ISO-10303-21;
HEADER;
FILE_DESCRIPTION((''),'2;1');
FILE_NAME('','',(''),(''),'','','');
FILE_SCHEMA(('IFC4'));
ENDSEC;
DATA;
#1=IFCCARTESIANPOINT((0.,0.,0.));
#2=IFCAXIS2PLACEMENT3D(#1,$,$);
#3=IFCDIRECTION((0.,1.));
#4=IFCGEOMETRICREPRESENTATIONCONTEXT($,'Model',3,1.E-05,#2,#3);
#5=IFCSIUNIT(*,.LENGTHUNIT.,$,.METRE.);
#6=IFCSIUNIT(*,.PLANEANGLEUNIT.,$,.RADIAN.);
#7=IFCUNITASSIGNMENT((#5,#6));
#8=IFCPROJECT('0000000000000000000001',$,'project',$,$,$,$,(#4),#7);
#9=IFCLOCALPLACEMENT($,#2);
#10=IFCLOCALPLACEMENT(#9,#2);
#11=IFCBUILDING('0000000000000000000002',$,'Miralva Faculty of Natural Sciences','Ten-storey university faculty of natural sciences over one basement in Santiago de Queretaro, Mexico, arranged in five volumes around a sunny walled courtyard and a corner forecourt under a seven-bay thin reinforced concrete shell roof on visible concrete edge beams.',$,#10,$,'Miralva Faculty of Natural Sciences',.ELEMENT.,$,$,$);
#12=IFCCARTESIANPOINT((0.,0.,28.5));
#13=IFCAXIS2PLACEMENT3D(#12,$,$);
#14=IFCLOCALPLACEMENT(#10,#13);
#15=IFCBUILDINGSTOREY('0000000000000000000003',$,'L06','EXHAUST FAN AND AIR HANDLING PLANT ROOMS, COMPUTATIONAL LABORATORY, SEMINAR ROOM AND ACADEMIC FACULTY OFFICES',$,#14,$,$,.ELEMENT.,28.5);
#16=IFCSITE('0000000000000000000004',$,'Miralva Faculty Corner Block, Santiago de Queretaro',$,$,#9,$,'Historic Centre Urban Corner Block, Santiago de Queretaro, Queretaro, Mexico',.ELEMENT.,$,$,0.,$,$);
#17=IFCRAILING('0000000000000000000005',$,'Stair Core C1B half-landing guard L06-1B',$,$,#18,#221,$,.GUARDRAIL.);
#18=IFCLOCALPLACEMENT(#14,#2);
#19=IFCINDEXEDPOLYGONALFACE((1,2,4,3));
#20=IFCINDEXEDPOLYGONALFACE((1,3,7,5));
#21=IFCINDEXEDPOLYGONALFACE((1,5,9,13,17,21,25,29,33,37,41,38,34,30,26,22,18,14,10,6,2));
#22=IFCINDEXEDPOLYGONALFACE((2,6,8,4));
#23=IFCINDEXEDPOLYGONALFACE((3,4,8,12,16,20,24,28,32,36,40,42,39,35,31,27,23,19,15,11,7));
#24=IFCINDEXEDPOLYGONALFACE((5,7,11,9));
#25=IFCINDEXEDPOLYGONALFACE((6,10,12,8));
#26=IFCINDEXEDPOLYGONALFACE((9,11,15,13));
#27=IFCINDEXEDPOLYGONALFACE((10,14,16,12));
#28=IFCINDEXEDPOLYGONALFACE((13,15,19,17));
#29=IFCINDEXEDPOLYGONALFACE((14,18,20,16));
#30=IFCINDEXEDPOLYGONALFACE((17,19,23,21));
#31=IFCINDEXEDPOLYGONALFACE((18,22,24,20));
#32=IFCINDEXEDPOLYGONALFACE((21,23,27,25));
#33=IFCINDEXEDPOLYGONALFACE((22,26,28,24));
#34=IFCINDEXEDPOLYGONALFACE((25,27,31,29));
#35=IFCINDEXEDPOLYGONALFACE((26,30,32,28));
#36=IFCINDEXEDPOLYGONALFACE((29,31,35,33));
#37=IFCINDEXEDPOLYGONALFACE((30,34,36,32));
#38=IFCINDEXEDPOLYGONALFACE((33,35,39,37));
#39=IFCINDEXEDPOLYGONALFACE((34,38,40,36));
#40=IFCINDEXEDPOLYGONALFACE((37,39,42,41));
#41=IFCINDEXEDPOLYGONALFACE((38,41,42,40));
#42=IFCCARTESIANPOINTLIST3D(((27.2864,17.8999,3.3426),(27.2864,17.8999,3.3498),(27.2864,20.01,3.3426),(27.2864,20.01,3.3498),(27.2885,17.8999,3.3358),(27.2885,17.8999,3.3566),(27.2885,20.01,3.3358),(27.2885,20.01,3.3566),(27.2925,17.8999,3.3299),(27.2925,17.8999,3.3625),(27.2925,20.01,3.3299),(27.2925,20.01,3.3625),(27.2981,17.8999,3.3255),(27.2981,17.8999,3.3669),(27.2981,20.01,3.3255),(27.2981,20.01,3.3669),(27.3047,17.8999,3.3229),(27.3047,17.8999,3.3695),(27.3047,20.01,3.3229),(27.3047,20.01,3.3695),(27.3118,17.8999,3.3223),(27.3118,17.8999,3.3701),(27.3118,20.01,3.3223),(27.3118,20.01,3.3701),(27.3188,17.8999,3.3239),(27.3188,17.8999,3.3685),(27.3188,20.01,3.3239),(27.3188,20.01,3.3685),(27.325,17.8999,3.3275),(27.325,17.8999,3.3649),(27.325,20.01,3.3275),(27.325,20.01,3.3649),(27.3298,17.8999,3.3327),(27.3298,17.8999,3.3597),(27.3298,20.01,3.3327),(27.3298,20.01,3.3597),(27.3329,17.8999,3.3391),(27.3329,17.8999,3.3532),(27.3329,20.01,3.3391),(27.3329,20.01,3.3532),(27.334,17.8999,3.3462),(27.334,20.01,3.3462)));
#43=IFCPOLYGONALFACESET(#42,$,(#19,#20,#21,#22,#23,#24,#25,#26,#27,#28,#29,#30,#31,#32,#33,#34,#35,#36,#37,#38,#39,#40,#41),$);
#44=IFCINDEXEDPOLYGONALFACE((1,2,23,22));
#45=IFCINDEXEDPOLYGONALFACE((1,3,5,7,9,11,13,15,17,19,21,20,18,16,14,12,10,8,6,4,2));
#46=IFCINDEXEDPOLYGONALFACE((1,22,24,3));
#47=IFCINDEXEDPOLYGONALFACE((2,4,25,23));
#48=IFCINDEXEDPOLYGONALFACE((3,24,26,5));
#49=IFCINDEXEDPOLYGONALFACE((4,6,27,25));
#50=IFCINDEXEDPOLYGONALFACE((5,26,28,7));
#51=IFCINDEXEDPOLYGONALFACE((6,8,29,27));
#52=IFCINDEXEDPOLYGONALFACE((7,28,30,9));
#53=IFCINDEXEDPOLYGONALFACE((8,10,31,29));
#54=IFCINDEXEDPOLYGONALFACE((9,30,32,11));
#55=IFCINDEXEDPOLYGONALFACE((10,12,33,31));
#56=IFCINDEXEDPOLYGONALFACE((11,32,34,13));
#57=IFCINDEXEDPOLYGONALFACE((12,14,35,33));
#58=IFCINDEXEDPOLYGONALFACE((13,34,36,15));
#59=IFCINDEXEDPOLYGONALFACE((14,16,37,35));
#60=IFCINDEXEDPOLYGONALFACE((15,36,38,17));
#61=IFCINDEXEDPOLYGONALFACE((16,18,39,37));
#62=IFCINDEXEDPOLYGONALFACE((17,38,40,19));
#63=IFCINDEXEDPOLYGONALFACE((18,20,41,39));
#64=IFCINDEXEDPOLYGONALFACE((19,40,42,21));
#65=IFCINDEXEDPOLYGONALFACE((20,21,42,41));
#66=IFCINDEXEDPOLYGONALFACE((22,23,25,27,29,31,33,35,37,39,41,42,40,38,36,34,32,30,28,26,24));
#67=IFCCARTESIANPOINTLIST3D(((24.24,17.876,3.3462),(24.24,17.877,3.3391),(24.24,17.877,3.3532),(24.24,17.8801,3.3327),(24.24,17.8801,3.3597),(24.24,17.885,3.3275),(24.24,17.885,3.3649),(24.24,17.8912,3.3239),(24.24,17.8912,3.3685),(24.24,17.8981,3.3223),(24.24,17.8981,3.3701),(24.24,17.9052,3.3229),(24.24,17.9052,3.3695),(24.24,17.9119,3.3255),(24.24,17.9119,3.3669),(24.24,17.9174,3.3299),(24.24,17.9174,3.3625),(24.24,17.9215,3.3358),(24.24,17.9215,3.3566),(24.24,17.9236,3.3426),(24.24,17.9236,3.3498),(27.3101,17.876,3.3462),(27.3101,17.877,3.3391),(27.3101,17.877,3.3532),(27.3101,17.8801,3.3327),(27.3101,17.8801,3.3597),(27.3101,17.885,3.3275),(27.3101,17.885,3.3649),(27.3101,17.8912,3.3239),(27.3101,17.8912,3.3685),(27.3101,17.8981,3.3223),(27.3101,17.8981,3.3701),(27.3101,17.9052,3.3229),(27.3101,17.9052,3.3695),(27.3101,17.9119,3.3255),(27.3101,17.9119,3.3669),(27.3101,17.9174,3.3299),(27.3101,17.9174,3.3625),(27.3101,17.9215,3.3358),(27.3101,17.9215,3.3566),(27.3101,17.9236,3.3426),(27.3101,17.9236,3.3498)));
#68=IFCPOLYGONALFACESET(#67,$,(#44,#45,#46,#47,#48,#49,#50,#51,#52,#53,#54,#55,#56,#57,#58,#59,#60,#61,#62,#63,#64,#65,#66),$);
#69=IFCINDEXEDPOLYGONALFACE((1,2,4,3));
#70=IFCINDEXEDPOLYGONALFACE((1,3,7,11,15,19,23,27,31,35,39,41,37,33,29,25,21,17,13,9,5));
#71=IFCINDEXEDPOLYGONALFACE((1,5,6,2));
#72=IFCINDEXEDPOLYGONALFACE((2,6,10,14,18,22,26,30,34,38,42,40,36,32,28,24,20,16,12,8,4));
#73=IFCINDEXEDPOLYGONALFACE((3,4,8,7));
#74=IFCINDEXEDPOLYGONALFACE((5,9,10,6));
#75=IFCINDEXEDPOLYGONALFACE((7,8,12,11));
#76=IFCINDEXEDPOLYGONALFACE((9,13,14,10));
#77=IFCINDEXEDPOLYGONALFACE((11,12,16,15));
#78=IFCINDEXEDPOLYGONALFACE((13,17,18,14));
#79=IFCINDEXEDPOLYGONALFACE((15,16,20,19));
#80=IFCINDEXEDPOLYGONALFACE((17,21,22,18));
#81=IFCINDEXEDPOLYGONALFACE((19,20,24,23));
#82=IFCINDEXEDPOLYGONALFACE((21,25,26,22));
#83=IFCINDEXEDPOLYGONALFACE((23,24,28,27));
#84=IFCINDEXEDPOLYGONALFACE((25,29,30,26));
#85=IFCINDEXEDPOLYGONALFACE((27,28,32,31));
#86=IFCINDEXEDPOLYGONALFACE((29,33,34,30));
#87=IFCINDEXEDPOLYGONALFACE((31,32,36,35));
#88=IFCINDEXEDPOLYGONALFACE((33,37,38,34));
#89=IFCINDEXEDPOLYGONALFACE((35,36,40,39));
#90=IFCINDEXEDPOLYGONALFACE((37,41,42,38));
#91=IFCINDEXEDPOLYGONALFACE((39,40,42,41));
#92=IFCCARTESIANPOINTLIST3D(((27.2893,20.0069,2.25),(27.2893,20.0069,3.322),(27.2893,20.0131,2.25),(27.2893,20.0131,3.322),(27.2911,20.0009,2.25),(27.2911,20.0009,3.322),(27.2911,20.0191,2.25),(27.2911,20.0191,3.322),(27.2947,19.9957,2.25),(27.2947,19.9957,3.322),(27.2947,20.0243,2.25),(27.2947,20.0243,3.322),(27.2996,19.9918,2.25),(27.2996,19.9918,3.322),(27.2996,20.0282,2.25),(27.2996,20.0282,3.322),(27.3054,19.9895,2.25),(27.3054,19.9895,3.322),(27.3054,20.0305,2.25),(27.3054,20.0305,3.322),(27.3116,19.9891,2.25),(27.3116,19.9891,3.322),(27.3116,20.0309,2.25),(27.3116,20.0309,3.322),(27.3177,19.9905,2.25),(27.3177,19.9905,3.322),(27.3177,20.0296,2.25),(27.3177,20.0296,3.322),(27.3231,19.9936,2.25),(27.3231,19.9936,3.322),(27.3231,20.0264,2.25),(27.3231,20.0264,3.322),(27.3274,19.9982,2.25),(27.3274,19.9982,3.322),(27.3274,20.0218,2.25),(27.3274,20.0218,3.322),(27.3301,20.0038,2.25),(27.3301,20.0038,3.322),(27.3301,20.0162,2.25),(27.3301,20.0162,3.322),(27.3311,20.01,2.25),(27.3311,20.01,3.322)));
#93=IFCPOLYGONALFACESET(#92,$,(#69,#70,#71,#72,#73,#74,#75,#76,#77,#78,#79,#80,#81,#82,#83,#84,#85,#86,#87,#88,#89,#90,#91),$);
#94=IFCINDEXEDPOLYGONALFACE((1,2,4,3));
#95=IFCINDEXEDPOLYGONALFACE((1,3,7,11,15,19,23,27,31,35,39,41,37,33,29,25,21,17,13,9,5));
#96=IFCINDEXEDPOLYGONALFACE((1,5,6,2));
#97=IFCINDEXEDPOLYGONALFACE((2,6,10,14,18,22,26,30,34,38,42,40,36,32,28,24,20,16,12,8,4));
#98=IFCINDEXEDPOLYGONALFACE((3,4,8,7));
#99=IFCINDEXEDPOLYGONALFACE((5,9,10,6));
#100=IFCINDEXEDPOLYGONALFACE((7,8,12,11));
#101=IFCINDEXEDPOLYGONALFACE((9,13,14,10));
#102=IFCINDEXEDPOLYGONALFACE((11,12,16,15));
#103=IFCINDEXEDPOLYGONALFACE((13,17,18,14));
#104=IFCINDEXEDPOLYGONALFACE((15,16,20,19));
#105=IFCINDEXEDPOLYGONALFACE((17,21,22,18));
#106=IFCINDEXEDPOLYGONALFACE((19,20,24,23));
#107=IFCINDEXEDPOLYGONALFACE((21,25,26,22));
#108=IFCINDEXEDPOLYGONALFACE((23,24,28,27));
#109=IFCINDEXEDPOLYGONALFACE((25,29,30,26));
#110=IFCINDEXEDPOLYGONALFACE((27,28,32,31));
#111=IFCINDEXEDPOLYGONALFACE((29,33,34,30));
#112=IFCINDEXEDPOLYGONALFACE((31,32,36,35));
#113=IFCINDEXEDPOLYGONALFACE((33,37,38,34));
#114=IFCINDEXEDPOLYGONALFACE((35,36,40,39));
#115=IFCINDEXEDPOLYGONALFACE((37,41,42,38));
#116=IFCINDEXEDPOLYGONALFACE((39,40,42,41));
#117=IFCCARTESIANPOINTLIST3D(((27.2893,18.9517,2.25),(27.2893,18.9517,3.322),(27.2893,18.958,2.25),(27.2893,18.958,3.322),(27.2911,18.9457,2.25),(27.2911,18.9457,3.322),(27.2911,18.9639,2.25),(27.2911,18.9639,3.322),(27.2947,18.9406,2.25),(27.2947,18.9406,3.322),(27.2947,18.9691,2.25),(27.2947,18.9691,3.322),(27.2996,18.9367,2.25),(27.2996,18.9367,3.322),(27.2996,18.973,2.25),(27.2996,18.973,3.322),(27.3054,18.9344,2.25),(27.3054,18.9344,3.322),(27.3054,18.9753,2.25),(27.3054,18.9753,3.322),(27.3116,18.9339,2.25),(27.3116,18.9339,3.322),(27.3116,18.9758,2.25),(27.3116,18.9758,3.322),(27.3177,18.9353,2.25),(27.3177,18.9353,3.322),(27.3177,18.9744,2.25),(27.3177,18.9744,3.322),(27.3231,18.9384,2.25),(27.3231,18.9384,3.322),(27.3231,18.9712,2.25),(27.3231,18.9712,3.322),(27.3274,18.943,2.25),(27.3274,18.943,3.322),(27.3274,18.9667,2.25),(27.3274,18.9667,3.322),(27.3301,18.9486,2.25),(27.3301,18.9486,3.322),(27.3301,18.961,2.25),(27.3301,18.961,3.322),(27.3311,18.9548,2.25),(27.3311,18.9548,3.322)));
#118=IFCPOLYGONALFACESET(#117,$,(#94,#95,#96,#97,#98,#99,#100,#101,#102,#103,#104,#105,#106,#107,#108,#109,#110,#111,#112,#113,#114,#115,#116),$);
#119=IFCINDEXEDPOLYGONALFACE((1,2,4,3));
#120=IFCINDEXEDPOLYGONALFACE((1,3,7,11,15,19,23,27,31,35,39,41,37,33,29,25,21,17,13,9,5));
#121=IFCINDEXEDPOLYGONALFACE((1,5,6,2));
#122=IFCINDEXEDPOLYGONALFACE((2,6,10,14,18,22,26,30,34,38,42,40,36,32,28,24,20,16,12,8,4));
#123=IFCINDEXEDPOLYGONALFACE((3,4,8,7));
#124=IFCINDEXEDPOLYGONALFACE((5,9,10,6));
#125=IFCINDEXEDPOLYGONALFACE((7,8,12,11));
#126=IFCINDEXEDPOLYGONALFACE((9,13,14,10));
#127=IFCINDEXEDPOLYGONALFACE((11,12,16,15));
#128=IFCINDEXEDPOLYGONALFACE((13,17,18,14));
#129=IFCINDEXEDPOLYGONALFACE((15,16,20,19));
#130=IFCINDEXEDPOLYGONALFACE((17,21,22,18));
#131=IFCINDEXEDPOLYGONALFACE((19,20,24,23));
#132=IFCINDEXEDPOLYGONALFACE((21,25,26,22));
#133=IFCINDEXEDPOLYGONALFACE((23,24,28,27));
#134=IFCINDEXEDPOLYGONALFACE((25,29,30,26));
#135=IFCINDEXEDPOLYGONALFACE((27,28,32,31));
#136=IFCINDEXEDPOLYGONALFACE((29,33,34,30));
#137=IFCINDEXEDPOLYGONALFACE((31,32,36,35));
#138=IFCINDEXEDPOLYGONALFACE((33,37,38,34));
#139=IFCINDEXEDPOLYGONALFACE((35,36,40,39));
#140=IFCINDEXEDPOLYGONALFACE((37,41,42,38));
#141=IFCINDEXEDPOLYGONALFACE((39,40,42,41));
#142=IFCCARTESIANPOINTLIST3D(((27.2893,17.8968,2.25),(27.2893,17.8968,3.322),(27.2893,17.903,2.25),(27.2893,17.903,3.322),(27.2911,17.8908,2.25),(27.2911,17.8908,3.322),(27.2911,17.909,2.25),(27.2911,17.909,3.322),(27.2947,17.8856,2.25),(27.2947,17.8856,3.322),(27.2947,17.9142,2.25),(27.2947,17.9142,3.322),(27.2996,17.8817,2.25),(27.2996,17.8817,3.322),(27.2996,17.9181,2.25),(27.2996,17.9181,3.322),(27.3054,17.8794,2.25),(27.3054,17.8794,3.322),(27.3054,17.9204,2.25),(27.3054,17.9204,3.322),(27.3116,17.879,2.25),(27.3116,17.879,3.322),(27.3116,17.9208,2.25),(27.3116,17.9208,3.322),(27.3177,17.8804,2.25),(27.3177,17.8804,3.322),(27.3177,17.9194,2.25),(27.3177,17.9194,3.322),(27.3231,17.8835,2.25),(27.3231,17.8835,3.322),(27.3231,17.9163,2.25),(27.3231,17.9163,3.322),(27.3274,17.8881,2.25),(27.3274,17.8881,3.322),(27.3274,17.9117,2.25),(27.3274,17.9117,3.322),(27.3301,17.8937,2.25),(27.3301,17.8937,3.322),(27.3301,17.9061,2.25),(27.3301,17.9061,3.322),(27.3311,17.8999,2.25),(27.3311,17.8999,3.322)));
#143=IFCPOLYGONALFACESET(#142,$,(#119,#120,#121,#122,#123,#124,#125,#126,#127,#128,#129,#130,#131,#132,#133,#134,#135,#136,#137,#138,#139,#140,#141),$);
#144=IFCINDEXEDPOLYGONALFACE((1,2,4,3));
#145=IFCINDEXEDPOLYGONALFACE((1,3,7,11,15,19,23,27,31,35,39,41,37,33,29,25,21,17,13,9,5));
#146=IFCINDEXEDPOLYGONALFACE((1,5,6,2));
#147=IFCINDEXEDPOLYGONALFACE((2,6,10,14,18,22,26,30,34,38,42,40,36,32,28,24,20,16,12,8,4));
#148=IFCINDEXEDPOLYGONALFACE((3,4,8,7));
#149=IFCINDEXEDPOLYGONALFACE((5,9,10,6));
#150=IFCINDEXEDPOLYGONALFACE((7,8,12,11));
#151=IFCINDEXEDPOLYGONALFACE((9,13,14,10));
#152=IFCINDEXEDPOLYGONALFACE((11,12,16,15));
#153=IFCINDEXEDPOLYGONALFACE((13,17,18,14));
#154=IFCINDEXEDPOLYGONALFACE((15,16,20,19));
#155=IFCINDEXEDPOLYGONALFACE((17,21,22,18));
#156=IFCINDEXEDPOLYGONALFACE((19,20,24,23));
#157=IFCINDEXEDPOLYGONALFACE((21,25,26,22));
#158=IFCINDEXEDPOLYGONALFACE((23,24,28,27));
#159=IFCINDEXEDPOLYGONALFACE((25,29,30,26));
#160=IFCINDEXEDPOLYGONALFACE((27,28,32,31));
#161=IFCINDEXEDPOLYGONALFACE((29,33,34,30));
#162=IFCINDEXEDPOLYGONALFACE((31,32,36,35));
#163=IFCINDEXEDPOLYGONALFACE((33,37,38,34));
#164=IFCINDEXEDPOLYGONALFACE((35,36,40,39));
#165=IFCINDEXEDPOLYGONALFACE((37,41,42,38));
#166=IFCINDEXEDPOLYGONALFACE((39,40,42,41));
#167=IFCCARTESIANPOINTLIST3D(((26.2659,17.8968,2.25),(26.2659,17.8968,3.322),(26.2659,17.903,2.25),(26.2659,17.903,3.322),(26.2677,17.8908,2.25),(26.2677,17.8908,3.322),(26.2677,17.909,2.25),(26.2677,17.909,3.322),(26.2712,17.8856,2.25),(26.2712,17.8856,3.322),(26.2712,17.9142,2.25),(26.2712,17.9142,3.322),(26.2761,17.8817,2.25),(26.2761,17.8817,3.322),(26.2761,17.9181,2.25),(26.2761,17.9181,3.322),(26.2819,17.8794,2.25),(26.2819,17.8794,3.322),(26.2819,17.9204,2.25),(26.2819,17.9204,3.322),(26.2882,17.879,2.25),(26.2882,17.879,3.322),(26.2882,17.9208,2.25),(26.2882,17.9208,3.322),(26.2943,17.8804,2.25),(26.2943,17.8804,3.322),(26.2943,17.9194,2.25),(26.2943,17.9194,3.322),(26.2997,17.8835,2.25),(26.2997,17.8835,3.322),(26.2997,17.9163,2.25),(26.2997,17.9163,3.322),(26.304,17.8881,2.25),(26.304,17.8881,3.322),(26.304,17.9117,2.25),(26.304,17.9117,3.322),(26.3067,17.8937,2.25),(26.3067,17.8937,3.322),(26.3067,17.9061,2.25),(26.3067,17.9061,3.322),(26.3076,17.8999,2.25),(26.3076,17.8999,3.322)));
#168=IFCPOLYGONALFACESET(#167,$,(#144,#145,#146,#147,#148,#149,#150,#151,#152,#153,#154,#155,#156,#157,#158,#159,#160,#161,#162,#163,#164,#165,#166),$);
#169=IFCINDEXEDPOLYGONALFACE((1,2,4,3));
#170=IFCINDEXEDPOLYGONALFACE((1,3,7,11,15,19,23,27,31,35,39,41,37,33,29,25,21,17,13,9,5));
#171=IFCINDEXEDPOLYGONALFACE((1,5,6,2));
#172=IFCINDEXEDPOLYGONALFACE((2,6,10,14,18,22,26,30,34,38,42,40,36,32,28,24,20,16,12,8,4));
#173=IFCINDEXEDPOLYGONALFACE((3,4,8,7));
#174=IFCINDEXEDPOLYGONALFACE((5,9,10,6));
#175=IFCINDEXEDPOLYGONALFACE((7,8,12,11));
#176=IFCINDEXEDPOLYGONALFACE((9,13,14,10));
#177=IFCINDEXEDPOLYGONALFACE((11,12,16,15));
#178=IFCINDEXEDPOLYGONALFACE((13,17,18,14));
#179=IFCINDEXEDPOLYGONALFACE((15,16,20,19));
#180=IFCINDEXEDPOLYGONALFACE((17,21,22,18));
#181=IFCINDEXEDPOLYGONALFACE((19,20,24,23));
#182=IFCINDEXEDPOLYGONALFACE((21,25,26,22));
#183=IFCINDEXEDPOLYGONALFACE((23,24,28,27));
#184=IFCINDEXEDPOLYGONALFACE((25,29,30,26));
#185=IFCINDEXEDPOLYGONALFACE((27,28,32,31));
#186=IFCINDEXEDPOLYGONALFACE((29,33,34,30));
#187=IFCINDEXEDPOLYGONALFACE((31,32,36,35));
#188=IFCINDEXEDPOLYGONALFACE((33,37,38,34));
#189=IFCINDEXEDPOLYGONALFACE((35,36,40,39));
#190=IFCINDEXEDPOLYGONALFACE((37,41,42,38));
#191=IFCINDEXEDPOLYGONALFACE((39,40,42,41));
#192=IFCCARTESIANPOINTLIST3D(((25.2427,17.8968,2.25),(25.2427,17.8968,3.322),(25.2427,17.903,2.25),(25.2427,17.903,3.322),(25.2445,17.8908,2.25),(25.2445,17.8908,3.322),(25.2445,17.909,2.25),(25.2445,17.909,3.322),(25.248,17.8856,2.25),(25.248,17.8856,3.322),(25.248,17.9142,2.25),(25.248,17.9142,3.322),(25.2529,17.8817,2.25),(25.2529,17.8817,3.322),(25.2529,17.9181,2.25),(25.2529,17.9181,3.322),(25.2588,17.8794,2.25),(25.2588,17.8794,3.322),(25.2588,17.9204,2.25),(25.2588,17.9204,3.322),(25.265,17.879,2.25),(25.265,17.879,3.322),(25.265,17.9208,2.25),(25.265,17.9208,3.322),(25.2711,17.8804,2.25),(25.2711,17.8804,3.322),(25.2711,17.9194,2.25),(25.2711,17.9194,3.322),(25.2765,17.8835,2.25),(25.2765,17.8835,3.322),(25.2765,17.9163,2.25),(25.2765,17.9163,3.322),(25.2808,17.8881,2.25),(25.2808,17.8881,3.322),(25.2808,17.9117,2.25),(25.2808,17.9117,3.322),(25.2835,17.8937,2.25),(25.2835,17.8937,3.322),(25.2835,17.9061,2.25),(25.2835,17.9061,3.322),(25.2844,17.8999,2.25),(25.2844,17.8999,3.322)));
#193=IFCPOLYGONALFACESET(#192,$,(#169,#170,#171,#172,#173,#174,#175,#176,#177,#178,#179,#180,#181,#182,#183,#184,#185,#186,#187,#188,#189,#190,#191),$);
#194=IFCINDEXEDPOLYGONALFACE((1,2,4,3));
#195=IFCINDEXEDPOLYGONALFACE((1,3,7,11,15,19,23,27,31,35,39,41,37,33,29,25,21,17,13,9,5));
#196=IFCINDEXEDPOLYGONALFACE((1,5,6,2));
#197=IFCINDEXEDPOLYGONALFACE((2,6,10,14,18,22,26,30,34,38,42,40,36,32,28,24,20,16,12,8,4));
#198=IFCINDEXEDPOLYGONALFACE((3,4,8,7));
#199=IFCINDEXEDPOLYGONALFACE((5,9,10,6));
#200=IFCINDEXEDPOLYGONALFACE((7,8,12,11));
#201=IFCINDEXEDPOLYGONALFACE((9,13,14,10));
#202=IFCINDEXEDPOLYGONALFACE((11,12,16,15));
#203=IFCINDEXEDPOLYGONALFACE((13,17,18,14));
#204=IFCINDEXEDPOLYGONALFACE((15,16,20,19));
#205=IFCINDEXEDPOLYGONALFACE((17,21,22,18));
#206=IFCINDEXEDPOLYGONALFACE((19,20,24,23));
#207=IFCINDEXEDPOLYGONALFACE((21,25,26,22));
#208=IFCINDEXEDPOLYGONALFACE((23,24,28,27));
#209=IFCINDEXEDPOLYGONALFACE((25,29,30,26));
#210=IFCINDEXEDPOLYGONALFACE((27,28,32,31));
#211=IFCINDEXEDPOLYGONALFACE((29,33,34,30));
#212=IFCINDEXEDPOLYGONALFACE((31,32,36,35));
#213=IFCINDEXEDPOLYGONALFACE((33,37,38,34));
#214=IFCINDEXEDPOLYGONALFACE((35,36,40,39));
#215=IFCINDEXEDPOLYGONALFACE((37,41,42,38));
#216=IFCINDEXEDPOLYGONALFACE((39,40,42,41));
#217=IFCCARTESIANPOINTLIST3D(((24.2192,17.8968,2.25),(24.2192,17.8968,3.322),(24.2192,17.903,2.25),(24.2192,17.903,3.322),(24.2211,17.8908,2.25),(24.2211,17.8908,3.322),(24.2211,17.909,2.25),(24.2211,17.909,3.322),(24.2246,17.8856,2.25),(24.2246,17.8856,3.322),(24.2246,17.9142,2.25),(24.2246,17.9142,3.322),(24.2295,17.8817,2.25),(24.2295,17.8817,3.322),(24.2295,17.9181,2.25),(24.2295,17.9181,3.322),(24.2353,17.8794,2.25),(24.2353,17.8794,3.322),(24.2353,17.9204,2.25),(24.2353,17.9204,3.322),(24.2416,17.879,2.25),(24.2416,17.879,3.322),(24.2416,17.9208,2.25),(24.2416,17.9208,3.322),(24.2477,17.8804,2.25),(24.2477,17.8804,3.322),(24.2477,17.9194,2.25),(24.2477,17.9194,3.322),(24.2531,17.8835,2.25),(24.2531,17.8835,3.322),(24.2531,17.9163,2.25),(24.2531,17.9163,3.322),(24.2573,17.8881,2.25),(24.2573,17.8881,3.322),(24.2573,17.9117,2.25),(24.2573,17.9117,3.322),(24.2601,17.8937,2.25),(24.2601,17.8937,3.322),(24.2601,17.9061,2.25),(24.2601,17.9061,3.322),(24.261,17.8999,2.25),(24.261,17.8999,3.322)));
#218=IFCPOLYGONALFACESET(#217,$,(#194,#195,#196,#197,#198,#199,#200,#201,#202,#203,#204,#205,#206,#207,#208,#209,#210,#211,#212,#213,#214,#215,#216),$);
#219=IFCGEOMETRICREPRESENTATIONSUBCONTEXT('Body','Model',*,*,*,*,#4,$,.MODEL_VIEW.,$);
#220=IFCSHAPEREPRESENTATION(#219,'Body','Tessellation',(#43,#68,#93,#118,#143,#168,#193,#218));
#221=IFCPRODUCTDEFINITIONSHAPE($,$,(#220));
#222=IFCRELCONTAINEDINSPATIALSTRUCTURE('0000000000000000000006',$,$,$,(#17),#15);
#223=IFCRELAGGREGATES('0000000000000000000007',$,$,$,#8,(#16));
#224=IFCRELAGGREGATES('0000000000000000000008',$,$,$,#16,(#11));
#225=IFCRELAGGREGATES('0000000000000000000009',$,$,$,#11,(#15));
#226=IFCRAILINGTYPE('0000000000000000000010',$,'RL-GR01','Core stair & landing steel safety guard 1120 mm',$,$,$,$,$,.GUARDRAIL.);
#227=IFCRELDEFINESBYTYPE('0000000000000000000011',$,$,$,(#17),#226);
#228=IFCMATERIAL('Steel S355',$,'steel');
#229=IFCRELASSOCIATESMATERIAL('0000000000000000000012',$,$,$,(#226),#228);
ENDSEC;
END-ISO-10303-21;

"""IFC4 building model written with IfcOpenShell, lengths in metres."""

from ifc_helpers import new_model, si_unit, direction, frame, origin, origin_2d, place, context, subcontext, project, spatial, circle, extrude, material, type_object, element, save


model = new_model("IFC4")

# Units and contexts
model_context = context("Model", 3, precision=1e-05, world=origin(), true_north=direction((0.0, 1.0)))
body_context = subcontext(model_context, "Body", "Model", "MODEL_VIEW")
ifc_project = project(units=[si_unit("LENGTHUNIT", "METRE"), si_unit("PLANEANGLEUNIT", "RADIAN")], contexts=[model_context])

# Site, building, storey
site_placement = place(None, origin())
site = spatial("IfcSite", under=ifc_project, at=site_placement, Name="Miralva Faculty Corner Block, Santiago de Queretaro", LongName="Historic Centre Urban Corner Block, Santiago de Queretaro, Queretaro, Mexico", CompositionType="ELEMENT", RefElevation=0.0)
building_placement = place(site_placement, origin())
building = spatial("IfcBuilding", under=site, at=building_placement, Name="Miralva Faculty of Natural Sciences", Description="Ten-storey university faculty of natural sciences over one basement in Santiago de Queretaro, Mexico, arranged in five volumes around a sunny walled courtyard and a corner forecourt under a seven-bay thin reinforced concrete shell roof on visible concrete edge beams.", LongName="Miralva Faculty of Natural Sciences", CompositionType="ELEMENT")
storey_placement = place(building_placement, frame((0.0, 0.0, 28.5)))
storey = spatial("IfcBuildingStorey", under=building, at=storey_placement, Name="L06", Description="EXHAUST FAN AND AIR HANDLING PLANT ROOMS, COMPUTATIONAL LABORATORY, SEMINAR ROOM AND ACADEMIC FACULTY OFFICES", CompositionType="ELEMENT", Elevation=28.5)

# Railing
ifc_material_1 = material(Name="Steel S355", Category="steel")
railing_type_1 = type_object("IfcRailingType", Name="RL-GR01", Description="Core stair & landing steel safety guard 1120 mm", PredefinedType="GUARDRAIL", material=ifc_material_1)
railing_1_placement = place(storey_placement, frame((27.3101, 20.01, 2.25)))
element("IfcRailing", 1, at=railing_1_placement, inside=storey, type_object=railing_type_1, Name="Stair Core C1B half-landing guard L06-1B", PredefinedType="GUARDRAIL", context=body_context, shape_type="SweptSolid", body=[
    extrude(circle(Radius=0.0239, at=origin_2d()), frame((0.0, 0.0, 1.0962), z_axis=(0.0, -1.0, 0.0), x_axis=(1.0, 0.0, 0.0)), (0.0, 0.0, 1.0), 2.1101),
    extrude(circle(Radius=0.0239, at=origin_2d()), frame((0.0, -2.1101, 1.0962), z_axis=(-1.0, 0.0, 0.0), x_axis=(0.0, -1.0, 0.0)), (0.0, 0.0, 1.0), 3.0701),
    extrude(circle(Radius=0.021, at=origin_2d()), origin(), (0.0, 0.0, 1.0), 1.072),
    extrude(circle(Radius=0.021, at=origin_2d()), frame((0.0, -1.0552, 0.0)), (0.0, 0.0, 1.0), 1.072),
    extrude(circle(Radius=0.021, at=origin_2d()), frame((0.0, -2.1101, 0.0)), (0.0, 0.0, 1.0), 1.072),
    extrude(circle(Radius=0.021, at=origin_2d()), frame((-1.0234, -2.1101, 0.0)), (0.0, 0.0, 1.0), 1.072),
    extrude(circle(Radius=0.021, at=origin_2d()), frame((-2.0466, -2.1101, 0.0)), (0.0, 0.0, 1.0), 1.072),
    extrude(circle(Radius=0.021, at=origin_2d()), frame((-3.0701, -2.1101, 0.0)), (0.0, 0.0, 1.0), 1.072),
])

save(model, "model.ifc")
